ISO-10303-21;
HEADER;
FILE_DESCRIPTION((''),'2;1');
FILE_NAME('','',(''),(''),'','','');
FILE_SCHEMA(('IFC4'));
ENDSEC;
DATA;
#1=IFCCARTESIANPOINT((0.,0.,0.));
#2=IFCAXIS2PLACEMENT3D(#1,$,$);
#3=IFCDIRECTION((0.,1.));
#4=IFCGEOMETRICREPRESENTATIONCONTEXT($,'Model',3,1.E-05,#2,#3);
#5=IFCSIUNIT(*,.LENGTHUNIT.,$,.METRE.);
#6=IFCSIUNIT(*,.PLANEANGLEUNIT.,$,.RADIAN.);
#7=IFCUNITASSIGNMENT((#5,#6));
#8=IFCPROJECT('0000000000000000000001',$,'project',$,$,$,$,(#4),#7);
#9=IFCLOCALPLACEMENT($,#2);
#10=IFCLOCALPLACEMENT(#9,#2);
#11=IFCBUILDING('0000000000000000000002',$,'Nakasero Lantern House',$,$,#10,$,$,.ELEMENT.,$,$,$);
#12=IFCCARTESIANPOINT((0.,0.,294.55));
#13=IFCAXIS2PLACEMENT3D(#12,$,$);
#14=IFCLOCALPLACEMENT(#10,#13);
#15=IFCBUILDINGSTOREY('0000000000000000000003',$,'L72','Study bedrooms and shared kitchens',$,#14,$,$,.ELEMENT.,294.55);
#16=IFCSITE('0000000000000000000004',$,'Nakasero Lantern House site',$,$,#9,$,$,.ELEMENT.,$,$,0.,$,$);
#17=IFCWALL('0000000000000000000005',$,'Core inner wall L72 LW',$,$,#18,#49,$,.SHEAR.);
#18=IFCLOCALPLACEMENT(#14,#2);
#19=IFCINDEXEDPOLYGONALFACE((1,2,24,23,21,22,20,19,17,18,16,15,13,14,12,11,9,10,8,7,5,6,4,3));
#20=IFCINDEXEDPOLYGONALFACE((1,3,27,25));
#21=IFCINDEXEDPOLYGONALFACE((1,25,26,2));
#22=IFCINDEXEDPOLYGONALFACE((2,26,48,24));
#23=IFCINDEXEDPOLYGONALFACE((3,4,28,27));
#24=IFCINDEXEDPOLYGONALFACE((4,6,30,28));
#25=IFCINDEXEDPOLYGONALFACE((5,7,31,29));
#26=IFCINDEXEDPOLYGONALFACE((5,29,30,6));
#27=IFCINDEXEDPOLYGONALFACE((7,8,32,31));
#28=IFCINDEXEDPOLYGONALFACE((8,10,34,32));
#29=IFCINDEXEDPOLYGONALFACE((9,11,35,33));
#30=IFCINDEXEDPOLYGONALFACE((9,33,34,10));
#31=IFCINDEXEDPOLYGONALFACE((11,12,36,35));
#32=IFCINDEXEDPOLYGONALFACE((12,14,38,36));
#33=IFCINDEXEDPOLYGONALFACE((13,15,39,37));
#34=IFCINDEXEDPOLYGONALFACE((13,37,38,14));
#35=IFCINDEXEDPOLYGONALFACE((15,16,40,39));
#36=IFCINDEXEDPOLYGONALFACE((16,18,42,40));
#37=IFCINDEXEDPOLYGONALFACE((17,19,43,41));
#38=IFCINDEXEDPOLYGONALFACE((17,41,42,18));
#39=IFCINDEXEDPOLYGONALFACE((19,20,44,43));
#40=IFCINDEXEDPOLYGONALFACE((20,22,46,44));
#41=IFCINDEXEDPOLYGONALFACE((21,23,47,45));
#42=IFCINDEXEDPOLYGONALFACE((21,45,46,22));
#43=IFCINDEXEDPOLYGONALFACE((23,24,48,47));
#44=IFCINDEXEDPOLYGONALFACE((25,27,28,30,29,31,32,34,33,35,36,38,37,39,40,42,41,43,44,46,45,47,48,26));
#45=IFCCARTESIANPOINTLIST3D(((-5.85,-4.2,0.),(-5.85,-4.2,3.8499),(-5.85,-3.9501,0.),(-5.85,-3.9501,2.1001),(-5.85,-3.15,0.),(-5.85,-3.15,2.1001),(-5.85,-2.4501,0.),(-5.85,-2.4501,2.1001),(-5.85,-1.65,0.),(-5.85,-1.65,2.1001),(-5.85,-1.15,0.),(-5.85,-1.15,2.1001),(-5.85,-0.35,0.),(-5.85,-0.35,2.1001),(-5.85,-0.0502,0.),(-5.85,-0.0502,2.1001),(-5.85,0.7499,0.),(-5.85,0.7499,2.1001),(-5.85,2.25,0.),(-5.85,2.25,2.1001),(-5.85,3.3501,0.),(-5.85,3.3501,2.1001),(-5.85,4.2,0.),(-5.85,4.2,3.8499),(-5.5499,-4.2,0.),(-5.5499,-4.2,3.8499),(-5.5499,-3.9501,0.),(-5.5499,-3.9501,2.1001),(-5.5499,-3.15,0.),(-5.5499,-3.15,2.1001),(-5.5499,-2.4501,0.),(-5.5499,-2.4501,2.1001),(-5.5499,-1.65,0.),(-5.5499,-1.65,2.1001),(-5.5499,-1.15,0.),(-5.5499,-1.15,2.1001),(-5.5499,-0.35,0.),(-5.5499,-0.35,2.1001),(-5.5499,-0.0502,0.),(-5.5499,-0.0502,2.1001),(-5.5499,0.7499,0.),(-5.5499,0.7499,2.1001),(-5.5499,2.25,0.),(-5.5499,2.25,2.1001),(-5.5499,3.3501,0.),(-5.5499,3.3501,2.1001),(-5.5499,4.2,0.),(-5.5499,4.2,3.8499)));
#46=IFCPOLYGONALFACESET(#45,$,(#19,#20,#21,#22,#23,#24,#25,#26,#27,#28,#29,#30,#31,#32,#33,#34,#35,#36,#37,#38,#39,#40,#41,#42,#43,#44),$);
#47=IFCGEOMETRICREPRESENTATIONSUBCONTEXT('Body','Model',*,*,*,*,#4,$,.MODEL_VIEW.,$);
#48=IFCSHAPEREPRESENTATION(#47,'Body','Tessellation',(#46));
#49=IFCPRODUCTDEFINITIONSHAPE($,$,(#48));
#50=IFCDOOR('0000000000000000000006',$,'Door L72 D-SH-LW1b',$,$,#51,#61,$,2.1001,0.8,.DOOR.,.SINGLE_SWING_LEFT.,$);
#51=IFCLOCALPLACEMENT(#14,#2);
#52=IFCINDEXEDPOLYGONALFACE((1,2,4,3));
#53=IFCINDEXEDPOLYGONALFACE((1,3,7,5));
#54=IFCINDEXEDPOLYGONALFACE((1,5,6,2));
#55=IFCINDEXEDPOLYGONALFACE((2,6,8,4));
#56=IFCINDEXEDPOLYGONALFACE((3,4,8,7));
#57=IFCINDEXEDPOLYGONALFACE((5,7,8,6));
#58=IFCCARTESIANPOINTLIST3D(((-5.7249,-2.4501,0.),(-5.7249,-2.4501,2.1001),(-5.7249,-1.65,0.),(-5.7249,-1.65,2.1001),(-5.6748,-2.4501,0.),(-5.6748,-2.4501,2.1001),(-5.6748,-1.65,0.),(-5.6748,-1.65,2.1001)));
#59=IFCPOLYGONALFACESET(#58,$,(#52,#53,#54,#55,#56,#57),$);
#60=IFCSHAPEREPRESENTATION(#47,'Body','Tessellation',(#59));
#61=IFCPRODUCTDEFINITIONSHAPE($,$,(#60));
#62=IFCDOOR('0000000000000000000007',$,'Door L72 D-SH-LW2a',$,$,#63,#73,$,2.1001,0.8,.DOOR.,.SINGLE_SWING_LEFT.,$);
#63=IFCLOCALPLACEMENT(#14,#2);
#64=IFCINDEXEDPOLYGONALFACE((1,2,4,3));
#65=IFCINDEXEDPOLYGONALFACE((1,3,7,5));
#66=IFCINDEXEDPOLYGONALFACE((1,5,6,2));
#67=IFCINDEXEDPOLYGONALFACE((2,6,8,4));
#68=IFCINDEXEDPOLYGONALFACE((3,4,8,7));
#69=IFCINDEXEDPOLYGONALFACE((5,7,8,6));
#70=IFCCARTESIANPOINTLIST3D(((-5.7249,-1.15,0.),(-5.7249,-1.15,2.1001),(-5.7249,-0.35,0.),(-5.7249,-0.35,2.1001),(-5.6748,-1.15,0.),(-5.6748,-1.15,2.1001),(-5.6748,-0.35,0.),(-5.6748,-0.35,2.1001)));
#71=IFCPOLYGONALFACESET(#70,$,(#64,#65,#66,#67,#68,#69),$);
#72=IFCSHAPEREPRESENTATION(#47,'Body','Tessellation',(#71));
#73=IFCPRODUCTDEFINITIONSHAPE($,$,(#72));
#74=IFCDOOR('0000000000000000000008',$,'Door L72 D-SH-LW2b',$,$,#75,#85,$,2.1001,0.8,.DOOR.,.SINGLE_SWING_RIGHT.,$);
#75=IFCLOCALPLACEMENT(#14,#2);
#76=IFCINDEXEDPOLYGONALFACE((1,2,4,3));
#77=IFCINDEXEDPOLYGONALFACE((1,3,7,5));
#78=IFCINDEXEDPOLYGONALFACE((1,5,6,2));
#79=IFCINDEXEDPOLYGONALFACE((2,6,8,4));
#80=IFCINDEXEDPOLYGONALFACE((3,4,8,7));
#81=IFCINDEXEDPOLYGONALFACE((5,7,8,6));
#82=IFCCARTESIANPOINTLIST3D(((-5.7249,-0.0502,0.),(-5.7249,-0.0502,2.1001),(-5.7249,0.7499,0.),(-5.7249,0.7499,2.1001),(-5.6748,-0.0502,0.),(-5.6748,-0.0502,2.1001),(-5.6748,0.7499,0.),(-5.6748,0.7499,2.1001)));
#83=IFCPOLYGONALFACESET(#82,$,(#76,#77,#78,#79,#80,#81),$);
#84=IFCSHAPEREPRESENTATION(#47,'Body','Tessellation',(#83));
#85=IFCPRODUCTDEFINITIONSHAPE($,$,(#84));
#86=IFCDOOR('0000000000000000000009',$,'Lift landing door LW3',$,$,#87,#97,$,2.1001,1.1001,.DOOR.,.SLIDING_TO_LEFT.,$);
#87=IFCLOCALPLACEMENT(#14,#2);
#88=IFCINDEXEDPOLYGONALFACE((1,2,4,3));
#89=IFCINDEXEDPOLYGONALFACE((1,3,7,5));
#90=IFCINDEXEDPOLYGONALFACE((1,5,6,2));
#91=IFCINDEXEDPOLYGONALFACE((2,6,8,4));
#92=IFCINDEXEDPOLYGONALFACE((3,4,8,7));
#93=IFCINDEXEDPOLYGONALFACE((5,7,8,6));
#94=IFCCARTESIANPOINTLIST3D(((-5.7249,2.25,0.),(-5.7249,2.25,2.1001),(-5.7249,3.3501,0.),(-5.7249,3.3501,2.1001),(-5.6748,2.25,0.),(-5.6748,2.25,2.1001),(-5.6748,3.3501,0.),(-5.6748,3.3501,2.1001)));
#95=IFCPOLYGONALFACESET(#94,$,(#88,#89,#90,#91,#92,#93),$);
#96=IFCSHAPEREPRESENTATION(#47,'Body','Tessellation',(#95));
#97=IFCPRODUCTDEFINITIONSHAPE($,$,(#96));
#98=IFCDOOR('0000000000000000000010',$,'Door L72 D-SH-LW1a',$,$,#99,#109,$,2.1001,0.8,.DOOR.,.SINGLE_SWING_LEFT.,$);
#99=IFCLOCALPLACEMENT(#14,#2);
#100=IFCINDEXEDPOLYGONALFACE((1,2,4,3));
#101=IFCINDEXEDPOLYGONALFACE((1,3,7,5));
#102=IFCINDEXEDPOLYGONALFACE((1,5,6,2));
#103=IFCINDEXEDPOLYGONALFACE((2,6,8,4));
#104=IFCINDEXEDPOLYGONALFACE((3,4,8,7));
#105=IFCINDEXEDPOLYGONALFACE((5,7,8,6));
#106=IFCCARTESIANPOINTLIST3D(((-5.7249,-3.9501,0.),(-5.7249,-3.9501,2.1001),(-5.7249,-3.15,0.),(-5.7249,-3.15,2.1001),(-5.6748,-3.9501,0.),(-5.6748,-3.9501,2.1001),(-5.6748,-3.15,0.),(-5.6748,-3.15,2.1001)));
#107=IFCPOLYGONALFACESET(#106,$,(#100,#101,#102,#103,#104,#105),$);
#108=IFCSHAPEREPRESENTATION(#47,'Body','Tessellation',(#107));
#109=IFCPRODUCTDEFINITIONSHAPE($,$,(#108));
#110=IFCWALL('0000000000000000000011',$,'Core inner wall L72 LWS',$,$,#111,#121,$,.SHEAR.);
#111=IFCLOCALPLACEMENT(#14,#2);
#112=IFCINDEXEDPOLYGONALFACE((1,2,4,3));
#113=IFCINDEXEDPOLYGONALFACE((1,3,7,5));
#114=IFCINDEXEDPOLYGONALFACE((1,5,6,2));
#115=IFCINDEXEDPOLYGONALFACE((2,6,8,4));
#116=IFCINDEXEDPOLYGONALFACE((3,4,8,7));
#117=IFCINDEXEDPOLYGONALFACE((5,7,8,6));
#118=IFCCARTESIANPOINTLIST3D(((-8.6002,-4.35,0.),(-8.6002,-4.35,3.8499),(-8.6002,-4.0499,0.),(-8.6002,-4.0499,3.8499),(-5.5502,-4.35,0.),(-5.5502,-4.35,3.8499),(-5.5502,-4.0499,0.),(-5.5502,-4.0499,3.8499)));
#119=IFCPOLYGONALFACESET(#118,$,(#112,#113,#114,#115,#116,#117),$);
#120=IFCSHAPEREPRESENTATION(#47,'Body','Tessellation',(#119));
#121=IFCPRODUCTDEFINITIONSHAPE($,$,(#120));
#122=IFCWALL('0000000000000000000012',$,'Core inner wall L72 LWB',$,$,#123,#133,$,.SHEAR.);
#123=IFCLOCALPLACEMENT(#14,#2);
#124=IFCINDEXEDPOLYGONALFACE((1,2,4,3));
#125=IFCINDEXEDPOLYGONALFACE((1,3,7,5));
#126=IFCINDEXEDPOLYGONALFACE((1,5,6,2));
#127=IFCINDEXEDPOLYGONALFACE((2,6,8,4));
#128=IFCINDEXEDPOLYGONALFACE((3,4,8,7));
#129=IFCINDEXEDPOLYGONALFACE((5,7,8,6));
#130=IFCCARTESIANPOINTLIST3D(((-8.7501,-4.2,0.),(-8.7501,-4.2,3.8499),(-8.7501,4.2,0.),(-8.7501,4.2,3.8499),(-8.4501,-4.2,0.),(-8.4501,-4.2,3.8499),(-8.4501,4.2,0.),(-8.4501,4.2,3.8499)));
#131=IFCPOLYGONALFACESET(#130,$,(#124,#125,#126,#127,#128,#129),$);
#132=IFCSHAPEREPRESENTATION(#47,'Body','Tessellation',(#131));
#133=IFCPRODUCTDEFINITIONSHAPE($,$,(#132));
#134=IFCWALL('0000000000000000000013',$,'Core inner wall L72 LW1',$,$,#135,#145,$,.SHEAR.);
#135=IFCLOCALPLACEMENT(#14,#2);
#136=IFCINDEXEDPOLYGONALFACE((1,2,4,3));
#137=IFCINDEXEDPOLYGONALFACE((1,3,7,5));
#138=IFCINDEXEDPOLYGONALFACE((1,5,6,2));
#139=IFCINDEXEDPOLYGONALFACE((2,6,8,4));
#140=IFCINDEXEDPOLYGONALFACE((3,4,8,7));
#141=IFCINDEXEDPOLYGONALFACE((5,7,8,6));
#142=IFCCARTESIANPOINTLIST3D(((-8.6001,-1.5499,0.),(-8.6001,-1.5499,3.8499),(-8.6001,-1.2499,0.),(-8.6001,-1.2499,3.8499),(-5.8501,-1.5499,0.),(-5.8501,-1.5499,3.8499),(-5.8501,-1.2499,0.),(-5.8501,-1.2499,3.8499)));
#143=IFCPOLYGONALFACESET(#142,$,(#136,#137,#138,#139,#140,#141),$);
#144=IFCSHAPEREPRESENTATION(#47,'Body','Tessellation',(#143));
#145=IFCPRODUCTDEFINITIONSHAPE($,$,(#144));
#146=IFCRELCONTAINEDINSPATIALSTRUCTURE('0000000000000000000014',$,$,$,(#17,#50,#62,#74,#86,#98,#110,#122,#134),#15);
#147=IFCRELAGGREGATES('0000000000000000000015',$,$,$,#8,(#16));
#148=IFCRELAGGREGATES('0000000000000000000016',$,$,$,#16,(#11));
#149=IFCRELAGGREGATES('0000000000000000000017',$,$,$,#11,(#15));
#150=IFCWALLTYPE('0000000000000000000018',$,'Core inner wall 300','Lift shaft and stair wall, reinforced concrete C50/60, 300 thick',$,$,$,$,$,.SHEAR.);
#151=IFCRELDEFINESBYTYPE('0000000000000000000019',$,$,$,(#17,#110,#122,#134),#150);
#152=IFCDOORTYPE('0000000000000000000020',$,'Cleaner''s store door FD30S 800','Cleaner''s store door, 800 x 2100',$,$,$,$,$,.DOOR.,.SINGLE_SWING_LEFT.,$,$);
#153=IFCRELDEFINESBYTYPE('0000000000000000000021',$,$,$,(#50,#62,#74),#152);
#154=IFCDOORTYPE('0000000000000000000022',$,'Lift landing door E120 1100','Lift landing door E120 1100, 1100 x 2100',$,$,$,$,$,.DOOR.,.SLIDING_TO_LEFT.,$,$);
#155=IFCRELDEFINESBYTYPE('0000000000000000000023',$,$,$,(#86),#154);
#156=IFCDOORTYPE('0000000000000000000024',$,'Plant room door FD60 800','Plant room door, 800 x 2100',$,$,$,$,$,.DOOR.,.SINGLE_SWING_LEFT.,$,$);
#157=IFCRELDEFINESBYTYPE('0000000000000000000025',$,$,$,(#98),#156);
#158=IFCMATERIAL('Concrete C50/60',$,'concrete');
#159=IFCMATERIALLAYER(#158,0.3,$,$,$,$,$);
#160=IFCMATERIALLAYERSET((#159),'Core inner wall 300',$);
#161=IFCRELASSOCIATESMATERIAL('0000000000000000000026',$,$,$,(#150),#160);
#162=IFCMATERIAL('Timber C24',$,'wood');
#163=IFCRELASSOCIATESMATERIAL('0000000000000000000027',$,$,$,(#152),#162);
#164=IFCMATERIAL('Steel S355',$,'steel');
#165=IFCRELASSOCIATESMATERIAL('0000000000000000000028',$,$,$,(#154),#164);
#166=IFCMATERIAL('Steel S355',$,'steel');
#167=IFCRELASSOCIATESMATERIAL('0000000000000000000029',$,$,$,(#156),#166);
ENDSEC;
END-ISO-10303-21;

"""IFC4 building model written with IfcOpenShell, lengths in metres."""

from ifc_helpers import new_model, si_unit, direction, frame, frame_2d, origin, place, context, subcontext, project, spatial, rectangle, extrude, material, layer, layer_set, type_object, element, fill, save


model = new_model("IFC4")

# Units and contexts
model_context = context("Model", 3, precision=1e-05, world=origin(), true_north=direction((0.0, 1.0)))
body_context = subcontext(model_context, "Body", "Model", "MODEL_VIEW")
ifc_project = project(units=[si_unit("LENGTHUNIT", "METRE"), si_unit("PLANEANGLEUNIT", "RADIAN")], contexts=[model_context])

# Site, building, storey
site_placement = place(None, origin())
site = spatial("IfcSite", under=ifc_project, at=site_placement, Name="Nakasero Lantern House site", CompositionType="ELEMENT", RefElevation=0.0)
building_placement = place(site_placement, origin())
building = spatial("IfcBuilding", under=site, at=building_placement, Name="Nakasero Lantern House", CompositionType="ELEMENT")
storey_placement = place(building_placement, frame((0.0, 0.0, 294.55)))
storey = spatial("IfcBuildingStorey", under=building, at=storey_placement, Name="L72", Description="Study bedrooms and shared kitchens", CompositionType="ELEMENT", Elevation=294.55)

# Wall, openings, doors
ifc_material_1 = material(Name="Concrete C50/60", Category="concrete")
ifc_layer_1 = layer(ifc_material_1, 0.3)
ifc_layer_set_1 = layer_set([ifc_layer_1], Name="Core inner wall 300")
wall_type_1 = type_object("IfcWallType", Name="Core inner wall 300", Description="Lift shaft and stair wall, reinforced concrete C50/60, 300 thick", PredefinedType="SHEAR", material=ifc_layer_set_1)
wall_1_placement = place(storey_placement, frame((-5.7, -4.2, 0.0), z_axis=(0.0, 0.0, 1.0), x_axis=(0.0, 1.0, 0.0)))
wall_1 = element("IfcWall", 1, at=wall_1_placement, inside=storey, type_object=wall_type_1, Name="Core inner wall L72 LW", PredefinedType="SHEAR", context=body_context, shape_type="SweptSolid", body=[
    extrude(rectangle(XDim=8.3999, YDim=0.3, at=frame_2d((4.2, 0.0))), origin(), (0.0, 0.0, 1.0), 3.8499),
])
opening_1_placement = place(wall_1_placement, frame((0.25, 0.0, 0.0)))
opening_1 = element("IfcOpeningElement", 2, at=opening_1_placement, cuts=wall_1, PredefinedType="OPENING", context=body_context, shape_type="SweptSolid", body=[
    extrude(rectangle(XDim=0.8, YDim=2.1001, at=frame_2d((0.3999, 1.05))), frame((0.0, 0.1699, 0.0), z_axis=(0.0, -1.0, 0.0), x_axis=(1.0, 0.0, 0.0)), (0.0, 0.0, 1.0), 0.3401),
])
opening_2_placement = place(wall_1_placement, frame((1.75, 0.0, 0.0)))
opening_2 = element("IfcOpeningElement", 3, at=opening_2_placement, cuts=wall_1, PredefinedType="OPENING", context=body_context, shape_type="SweptSolid", body=[
    extrude(rectangle(XDim=0.8, YDim=2.1001, at=frame_2d((0.3999, 1.05))), frame((0.0, 0.1699, 0.0), z_axis=(0.0, -1.0, 0.0), x_axis=(1.0, 0.0, 0.0)), (0.0, 0.0, 1.0), 0.3401),
])
opening_3_placement = place(wall_1_placement, frame((3.05, 0.0, 0.0)))
opening_3 = element("IfcOpeningElement", 4, at=opening_3_placement, cuts=wall_1, PredefinedType="OPENING", context=body_context, shape_type="SweptSolid", body=[
    extrude(rectangle(XDim=0.8, YDim=2.1001, at=frame_2d((0.3999, 1.05))), frame((0.0, 0.1699, 0.0), z_axis=(0.0, -1.0, 0.0), x_axis=(1.0, 0.0, 0.0)), (0.0, 0.0, 1.0), 0.3401),
])
opening_4_placement = place(wall_1_placement, frame((4.1499, 0.0, 0.0)))
opening_4 = element("IfcOpeningElement", 5, at=opening_4_placement, cuts=wall_1, PredefinedType="OPENING", context=body_context, shape_type="SweptSolid", body=[
    extrude(rectangle(XDim=0.8, YDim=2.1001, at=frame_2d((0.3999, 1.05))), frame((0.0, 0.1699, 0.0), z_axis=(0.0, -1.0, 0.0), x_axis=(1.0, 0.0, 0.0)), (0.0, 0.0, 1.0), 0.3401),
])
opening_5_placement = place(wall_1_placement, frame((6.45, 0.0, 0.0)))
opening_5 = element("IfcOpeningElement", 6, at=opening_5_placement, cuts=wall_1, PredefinedType="OPENING", context=body_context, shape_type="SweptSolid", body=[
    extrude(rectangle(XDim=1.1001, YDim=2.1001, at=frame_2d((0.55, 1.05))), frame((0.0, 0.1699, 0.0), z_axis=(0.0, -1.0, 0.0), x_axis=(1.0, 0.0, 0.0)), (0.0, 0.0, 1.0), 0.3401),
])
ifc_material_2 = material(Name="Timber C24", Category="wood")
door_type_1 = type_object("IfcDoorType", Name="Cleaner's store door FD30S 800", Description="Cleaner's store door, 800 x 2100", OperationType="SINGLE_SWING_LEFT", PredefinedType="DOOR", material=ifc_material_2)
door_1_placement = place(opening_2_placement, origin())
door_1 = element("IfcDoor", 7, at=door_1_placement, inside=storey, type_object=door_type_1, Name="Door L72 D-SH-LW1b", OperationType="SINGLE_SWING_LEFT", OverallHeight=2.1001, OverallWidth=0.8, PredefinedType="DOOR", context=body_context, shape_type="SweptSolid", body=[
    extrude(rectangle(XDim=0.8, YDim=2.1001, at=frame_2d((0.3999, 1.05))), frame((0.0, 0.0249, 0.0), z_axis=(0.0, -1.0, 0.0), x_axis=(1.0, 0.0, 0.0)), (0.0, 0.0, 1.0), 0.05),
])
fill(opening_2, door_1)
door_2_placement = place(opening_3_placement, origin())
door_2 = element("IfcDoor", 8, at=door_2_placement, inside=storey, type_object=door_type_1, Name="Door L72 D-SH-LW2a", OperationType="SINGLE_SWING_LEFT", OverallHeight=2.1001, OverallWidth=0.8, PredefinedType="DOOR", context=body_context, shape_type="SweptSolid", body=[
    extrude(rectangle(XDim=0.8, YDim=2.1001, at=frame_2d((0.3999, 1.05))), frame((0.0, 0.0249, 0.0), z_axis=(0.0, -1.0, 0.0), x_axis=(1.0, 0.0, 0.0)), (0.0, 0.0, 1.0), 0.05),
])
fill(opening_3, door_2)
door_3_placement = place(opening_4_placement, origin())
door_3 = element("IfcDoor", 9, at=door_3_placement, inside=storey, type_object=door_type_1, Name="Door L72 D-SH-LW2b", OperationType="SINGLE_SWING_RIGHT", OverallHeight=2.1001, OverallWidth=0.8, PredefinedType="DOOR", context=body_context, shape_type="SweptSolid", body=[
    extrude(rectangle(XDim=0.8, YDim=2.1001, at=frame_2d((0.3999, 1.05))), frame((0.0, 0.0249, 0.0), z_axis=(0.0, -1.0, 0.0), x_axis=(1.0, 0.0, 0.0)), (0.0, 0.0, 1.0), 0.05),
])
fill(opening_4, door_3)
ifc_material_3 = material(Name="Steel S355", Category="steel")
door_type_2 = type_object("IfcDoorType", Name="Lift landing door E120 1100", Description="Lift landing door E120 1100, 1100 x 2100", OperationType="SLIDING_TO_LEFT", PredefinedType="DOOR", material=ifc_material_3)
door_4_placement = place(opening_5_placement, origin())
door_4 = element("IfcDoor", 10, at=door_4_placement, inside=storey, type_object=door_type_2, Name="Lift landing door LW3", OperationType="SLIDING_TO_LEFT", OverallHeight=2.1001, OverallWidth=1.1001, PredefinedType="DOOR", context=body_context, shape_type="SweptSolid", body=[
    extrude(rectangle(XDim=1.1001, YDim=2.1001, at=frame_2d((0.55, 1.05))), frame((0.0, 0.0249, 0.0), z_axis=(0.0, -1.0, 0.0), x_axis=(1.0, 0.0, 0.0)), (0.0, 0.0, 1.0), 0.05),
])
fill(opening_5, door_4)
ifc_material_4 = material(Name="Steel S355", Category="steel")
door_type_3 = type_object("IfcDoorType", Name="Plant room door FD60 800", Description="Plant room door, 800 x 2100", OperationType="SINGLE_SWING_LEFT", PredefinedType="DOOR", material=ifc_material_4)
door_5_placement = place(opening_1_placement, origin())
door_5 = element("IfcDoor", 11, at=door_5_placement, inside=storey, type_object=door_type_3, Name="Door L72 D-SH-LW1a", OperationType="SINGLE_SWING_LEFT", OverallHeight=2.1001, OverallWidth=0.8, PredefinedType="DOOR", context=body_context, shape_type="SweptSolid", body=[
    extrude(rectangle(XDim=0.8, YDim=2.1001, at=frame_2d((0.3999, 1.05))), frame((0.0, 0.0249, 0.0), z_axis=(0.0, -1.0, 0.0), x_axis=(1.0, 0.0, 0.0)), (0.0, 0.0, 1.0), 0.05),
])
fill(opening_1, door_5)

# Walls
wall_2_placement = place(storey_placement, frame((-8.6001, -4.2, 0.0), z_axis=(0.0, 0.0, 1.0), x_axis=(1.0, 0.0, 0.0)))
element("IfcWall", 12, at=wall_2_placement, inside=storey, type_object=wall_type_1, Name="Core inner wall L72 LWS", PredefinedType="SHEAR", context=body_context, shape_type="SweptSolid", body=[
    extrude(rectangle(XDim=3.05, YDim=0.3, at=frame_2d((1.5249, 0.0))), origin(), (0.0, 0.0, 1.0), 3.8499),
])
wall_3_placement = place(storey_placement, frame((-8.6001, -4.2, 0.0), z_axis=(0.0, 0.0, 1.0), x_axis=(0.0, 1.0, 0.0)))
element("IfcWall", 13, at=wall_3_placement, inside=storey, type_object=wall_type_1, Name="Core inner wall L72 LWB", PredefinedType="SHEAR", context=body_context, shape_type="SweptSolid", body=[
    extrude(rectangle(XDim=8.3999, YDim=0.3, at=frame_2d((4.2, 0.0))), origin(), (0.0, 0.0, 1.0), 3.8499),
])
wall_4_placement = place(storey_placement, frame((-8.6001, -1.3999, 0.0), z_axis=(0.0, 0.0, 1.0), x_axis=(1.0, 0.0, 0.0)))
element("IfcWall", 14, at=wall_4_placement, inside=storey, type_object=wall_type_1, Name="Core inner wall L72 LW1", PredefinedType="SHEAR", context=body_context, shape_type="SweptSolid", body=[
    extrude(rectangle(XDim=2.75, YDim=0.3, at=frame_2d((1.375, 0.0))), origin(), (0.0, 0.0, 1.0), 3.8499),
])

save(model, "model.ifc")
